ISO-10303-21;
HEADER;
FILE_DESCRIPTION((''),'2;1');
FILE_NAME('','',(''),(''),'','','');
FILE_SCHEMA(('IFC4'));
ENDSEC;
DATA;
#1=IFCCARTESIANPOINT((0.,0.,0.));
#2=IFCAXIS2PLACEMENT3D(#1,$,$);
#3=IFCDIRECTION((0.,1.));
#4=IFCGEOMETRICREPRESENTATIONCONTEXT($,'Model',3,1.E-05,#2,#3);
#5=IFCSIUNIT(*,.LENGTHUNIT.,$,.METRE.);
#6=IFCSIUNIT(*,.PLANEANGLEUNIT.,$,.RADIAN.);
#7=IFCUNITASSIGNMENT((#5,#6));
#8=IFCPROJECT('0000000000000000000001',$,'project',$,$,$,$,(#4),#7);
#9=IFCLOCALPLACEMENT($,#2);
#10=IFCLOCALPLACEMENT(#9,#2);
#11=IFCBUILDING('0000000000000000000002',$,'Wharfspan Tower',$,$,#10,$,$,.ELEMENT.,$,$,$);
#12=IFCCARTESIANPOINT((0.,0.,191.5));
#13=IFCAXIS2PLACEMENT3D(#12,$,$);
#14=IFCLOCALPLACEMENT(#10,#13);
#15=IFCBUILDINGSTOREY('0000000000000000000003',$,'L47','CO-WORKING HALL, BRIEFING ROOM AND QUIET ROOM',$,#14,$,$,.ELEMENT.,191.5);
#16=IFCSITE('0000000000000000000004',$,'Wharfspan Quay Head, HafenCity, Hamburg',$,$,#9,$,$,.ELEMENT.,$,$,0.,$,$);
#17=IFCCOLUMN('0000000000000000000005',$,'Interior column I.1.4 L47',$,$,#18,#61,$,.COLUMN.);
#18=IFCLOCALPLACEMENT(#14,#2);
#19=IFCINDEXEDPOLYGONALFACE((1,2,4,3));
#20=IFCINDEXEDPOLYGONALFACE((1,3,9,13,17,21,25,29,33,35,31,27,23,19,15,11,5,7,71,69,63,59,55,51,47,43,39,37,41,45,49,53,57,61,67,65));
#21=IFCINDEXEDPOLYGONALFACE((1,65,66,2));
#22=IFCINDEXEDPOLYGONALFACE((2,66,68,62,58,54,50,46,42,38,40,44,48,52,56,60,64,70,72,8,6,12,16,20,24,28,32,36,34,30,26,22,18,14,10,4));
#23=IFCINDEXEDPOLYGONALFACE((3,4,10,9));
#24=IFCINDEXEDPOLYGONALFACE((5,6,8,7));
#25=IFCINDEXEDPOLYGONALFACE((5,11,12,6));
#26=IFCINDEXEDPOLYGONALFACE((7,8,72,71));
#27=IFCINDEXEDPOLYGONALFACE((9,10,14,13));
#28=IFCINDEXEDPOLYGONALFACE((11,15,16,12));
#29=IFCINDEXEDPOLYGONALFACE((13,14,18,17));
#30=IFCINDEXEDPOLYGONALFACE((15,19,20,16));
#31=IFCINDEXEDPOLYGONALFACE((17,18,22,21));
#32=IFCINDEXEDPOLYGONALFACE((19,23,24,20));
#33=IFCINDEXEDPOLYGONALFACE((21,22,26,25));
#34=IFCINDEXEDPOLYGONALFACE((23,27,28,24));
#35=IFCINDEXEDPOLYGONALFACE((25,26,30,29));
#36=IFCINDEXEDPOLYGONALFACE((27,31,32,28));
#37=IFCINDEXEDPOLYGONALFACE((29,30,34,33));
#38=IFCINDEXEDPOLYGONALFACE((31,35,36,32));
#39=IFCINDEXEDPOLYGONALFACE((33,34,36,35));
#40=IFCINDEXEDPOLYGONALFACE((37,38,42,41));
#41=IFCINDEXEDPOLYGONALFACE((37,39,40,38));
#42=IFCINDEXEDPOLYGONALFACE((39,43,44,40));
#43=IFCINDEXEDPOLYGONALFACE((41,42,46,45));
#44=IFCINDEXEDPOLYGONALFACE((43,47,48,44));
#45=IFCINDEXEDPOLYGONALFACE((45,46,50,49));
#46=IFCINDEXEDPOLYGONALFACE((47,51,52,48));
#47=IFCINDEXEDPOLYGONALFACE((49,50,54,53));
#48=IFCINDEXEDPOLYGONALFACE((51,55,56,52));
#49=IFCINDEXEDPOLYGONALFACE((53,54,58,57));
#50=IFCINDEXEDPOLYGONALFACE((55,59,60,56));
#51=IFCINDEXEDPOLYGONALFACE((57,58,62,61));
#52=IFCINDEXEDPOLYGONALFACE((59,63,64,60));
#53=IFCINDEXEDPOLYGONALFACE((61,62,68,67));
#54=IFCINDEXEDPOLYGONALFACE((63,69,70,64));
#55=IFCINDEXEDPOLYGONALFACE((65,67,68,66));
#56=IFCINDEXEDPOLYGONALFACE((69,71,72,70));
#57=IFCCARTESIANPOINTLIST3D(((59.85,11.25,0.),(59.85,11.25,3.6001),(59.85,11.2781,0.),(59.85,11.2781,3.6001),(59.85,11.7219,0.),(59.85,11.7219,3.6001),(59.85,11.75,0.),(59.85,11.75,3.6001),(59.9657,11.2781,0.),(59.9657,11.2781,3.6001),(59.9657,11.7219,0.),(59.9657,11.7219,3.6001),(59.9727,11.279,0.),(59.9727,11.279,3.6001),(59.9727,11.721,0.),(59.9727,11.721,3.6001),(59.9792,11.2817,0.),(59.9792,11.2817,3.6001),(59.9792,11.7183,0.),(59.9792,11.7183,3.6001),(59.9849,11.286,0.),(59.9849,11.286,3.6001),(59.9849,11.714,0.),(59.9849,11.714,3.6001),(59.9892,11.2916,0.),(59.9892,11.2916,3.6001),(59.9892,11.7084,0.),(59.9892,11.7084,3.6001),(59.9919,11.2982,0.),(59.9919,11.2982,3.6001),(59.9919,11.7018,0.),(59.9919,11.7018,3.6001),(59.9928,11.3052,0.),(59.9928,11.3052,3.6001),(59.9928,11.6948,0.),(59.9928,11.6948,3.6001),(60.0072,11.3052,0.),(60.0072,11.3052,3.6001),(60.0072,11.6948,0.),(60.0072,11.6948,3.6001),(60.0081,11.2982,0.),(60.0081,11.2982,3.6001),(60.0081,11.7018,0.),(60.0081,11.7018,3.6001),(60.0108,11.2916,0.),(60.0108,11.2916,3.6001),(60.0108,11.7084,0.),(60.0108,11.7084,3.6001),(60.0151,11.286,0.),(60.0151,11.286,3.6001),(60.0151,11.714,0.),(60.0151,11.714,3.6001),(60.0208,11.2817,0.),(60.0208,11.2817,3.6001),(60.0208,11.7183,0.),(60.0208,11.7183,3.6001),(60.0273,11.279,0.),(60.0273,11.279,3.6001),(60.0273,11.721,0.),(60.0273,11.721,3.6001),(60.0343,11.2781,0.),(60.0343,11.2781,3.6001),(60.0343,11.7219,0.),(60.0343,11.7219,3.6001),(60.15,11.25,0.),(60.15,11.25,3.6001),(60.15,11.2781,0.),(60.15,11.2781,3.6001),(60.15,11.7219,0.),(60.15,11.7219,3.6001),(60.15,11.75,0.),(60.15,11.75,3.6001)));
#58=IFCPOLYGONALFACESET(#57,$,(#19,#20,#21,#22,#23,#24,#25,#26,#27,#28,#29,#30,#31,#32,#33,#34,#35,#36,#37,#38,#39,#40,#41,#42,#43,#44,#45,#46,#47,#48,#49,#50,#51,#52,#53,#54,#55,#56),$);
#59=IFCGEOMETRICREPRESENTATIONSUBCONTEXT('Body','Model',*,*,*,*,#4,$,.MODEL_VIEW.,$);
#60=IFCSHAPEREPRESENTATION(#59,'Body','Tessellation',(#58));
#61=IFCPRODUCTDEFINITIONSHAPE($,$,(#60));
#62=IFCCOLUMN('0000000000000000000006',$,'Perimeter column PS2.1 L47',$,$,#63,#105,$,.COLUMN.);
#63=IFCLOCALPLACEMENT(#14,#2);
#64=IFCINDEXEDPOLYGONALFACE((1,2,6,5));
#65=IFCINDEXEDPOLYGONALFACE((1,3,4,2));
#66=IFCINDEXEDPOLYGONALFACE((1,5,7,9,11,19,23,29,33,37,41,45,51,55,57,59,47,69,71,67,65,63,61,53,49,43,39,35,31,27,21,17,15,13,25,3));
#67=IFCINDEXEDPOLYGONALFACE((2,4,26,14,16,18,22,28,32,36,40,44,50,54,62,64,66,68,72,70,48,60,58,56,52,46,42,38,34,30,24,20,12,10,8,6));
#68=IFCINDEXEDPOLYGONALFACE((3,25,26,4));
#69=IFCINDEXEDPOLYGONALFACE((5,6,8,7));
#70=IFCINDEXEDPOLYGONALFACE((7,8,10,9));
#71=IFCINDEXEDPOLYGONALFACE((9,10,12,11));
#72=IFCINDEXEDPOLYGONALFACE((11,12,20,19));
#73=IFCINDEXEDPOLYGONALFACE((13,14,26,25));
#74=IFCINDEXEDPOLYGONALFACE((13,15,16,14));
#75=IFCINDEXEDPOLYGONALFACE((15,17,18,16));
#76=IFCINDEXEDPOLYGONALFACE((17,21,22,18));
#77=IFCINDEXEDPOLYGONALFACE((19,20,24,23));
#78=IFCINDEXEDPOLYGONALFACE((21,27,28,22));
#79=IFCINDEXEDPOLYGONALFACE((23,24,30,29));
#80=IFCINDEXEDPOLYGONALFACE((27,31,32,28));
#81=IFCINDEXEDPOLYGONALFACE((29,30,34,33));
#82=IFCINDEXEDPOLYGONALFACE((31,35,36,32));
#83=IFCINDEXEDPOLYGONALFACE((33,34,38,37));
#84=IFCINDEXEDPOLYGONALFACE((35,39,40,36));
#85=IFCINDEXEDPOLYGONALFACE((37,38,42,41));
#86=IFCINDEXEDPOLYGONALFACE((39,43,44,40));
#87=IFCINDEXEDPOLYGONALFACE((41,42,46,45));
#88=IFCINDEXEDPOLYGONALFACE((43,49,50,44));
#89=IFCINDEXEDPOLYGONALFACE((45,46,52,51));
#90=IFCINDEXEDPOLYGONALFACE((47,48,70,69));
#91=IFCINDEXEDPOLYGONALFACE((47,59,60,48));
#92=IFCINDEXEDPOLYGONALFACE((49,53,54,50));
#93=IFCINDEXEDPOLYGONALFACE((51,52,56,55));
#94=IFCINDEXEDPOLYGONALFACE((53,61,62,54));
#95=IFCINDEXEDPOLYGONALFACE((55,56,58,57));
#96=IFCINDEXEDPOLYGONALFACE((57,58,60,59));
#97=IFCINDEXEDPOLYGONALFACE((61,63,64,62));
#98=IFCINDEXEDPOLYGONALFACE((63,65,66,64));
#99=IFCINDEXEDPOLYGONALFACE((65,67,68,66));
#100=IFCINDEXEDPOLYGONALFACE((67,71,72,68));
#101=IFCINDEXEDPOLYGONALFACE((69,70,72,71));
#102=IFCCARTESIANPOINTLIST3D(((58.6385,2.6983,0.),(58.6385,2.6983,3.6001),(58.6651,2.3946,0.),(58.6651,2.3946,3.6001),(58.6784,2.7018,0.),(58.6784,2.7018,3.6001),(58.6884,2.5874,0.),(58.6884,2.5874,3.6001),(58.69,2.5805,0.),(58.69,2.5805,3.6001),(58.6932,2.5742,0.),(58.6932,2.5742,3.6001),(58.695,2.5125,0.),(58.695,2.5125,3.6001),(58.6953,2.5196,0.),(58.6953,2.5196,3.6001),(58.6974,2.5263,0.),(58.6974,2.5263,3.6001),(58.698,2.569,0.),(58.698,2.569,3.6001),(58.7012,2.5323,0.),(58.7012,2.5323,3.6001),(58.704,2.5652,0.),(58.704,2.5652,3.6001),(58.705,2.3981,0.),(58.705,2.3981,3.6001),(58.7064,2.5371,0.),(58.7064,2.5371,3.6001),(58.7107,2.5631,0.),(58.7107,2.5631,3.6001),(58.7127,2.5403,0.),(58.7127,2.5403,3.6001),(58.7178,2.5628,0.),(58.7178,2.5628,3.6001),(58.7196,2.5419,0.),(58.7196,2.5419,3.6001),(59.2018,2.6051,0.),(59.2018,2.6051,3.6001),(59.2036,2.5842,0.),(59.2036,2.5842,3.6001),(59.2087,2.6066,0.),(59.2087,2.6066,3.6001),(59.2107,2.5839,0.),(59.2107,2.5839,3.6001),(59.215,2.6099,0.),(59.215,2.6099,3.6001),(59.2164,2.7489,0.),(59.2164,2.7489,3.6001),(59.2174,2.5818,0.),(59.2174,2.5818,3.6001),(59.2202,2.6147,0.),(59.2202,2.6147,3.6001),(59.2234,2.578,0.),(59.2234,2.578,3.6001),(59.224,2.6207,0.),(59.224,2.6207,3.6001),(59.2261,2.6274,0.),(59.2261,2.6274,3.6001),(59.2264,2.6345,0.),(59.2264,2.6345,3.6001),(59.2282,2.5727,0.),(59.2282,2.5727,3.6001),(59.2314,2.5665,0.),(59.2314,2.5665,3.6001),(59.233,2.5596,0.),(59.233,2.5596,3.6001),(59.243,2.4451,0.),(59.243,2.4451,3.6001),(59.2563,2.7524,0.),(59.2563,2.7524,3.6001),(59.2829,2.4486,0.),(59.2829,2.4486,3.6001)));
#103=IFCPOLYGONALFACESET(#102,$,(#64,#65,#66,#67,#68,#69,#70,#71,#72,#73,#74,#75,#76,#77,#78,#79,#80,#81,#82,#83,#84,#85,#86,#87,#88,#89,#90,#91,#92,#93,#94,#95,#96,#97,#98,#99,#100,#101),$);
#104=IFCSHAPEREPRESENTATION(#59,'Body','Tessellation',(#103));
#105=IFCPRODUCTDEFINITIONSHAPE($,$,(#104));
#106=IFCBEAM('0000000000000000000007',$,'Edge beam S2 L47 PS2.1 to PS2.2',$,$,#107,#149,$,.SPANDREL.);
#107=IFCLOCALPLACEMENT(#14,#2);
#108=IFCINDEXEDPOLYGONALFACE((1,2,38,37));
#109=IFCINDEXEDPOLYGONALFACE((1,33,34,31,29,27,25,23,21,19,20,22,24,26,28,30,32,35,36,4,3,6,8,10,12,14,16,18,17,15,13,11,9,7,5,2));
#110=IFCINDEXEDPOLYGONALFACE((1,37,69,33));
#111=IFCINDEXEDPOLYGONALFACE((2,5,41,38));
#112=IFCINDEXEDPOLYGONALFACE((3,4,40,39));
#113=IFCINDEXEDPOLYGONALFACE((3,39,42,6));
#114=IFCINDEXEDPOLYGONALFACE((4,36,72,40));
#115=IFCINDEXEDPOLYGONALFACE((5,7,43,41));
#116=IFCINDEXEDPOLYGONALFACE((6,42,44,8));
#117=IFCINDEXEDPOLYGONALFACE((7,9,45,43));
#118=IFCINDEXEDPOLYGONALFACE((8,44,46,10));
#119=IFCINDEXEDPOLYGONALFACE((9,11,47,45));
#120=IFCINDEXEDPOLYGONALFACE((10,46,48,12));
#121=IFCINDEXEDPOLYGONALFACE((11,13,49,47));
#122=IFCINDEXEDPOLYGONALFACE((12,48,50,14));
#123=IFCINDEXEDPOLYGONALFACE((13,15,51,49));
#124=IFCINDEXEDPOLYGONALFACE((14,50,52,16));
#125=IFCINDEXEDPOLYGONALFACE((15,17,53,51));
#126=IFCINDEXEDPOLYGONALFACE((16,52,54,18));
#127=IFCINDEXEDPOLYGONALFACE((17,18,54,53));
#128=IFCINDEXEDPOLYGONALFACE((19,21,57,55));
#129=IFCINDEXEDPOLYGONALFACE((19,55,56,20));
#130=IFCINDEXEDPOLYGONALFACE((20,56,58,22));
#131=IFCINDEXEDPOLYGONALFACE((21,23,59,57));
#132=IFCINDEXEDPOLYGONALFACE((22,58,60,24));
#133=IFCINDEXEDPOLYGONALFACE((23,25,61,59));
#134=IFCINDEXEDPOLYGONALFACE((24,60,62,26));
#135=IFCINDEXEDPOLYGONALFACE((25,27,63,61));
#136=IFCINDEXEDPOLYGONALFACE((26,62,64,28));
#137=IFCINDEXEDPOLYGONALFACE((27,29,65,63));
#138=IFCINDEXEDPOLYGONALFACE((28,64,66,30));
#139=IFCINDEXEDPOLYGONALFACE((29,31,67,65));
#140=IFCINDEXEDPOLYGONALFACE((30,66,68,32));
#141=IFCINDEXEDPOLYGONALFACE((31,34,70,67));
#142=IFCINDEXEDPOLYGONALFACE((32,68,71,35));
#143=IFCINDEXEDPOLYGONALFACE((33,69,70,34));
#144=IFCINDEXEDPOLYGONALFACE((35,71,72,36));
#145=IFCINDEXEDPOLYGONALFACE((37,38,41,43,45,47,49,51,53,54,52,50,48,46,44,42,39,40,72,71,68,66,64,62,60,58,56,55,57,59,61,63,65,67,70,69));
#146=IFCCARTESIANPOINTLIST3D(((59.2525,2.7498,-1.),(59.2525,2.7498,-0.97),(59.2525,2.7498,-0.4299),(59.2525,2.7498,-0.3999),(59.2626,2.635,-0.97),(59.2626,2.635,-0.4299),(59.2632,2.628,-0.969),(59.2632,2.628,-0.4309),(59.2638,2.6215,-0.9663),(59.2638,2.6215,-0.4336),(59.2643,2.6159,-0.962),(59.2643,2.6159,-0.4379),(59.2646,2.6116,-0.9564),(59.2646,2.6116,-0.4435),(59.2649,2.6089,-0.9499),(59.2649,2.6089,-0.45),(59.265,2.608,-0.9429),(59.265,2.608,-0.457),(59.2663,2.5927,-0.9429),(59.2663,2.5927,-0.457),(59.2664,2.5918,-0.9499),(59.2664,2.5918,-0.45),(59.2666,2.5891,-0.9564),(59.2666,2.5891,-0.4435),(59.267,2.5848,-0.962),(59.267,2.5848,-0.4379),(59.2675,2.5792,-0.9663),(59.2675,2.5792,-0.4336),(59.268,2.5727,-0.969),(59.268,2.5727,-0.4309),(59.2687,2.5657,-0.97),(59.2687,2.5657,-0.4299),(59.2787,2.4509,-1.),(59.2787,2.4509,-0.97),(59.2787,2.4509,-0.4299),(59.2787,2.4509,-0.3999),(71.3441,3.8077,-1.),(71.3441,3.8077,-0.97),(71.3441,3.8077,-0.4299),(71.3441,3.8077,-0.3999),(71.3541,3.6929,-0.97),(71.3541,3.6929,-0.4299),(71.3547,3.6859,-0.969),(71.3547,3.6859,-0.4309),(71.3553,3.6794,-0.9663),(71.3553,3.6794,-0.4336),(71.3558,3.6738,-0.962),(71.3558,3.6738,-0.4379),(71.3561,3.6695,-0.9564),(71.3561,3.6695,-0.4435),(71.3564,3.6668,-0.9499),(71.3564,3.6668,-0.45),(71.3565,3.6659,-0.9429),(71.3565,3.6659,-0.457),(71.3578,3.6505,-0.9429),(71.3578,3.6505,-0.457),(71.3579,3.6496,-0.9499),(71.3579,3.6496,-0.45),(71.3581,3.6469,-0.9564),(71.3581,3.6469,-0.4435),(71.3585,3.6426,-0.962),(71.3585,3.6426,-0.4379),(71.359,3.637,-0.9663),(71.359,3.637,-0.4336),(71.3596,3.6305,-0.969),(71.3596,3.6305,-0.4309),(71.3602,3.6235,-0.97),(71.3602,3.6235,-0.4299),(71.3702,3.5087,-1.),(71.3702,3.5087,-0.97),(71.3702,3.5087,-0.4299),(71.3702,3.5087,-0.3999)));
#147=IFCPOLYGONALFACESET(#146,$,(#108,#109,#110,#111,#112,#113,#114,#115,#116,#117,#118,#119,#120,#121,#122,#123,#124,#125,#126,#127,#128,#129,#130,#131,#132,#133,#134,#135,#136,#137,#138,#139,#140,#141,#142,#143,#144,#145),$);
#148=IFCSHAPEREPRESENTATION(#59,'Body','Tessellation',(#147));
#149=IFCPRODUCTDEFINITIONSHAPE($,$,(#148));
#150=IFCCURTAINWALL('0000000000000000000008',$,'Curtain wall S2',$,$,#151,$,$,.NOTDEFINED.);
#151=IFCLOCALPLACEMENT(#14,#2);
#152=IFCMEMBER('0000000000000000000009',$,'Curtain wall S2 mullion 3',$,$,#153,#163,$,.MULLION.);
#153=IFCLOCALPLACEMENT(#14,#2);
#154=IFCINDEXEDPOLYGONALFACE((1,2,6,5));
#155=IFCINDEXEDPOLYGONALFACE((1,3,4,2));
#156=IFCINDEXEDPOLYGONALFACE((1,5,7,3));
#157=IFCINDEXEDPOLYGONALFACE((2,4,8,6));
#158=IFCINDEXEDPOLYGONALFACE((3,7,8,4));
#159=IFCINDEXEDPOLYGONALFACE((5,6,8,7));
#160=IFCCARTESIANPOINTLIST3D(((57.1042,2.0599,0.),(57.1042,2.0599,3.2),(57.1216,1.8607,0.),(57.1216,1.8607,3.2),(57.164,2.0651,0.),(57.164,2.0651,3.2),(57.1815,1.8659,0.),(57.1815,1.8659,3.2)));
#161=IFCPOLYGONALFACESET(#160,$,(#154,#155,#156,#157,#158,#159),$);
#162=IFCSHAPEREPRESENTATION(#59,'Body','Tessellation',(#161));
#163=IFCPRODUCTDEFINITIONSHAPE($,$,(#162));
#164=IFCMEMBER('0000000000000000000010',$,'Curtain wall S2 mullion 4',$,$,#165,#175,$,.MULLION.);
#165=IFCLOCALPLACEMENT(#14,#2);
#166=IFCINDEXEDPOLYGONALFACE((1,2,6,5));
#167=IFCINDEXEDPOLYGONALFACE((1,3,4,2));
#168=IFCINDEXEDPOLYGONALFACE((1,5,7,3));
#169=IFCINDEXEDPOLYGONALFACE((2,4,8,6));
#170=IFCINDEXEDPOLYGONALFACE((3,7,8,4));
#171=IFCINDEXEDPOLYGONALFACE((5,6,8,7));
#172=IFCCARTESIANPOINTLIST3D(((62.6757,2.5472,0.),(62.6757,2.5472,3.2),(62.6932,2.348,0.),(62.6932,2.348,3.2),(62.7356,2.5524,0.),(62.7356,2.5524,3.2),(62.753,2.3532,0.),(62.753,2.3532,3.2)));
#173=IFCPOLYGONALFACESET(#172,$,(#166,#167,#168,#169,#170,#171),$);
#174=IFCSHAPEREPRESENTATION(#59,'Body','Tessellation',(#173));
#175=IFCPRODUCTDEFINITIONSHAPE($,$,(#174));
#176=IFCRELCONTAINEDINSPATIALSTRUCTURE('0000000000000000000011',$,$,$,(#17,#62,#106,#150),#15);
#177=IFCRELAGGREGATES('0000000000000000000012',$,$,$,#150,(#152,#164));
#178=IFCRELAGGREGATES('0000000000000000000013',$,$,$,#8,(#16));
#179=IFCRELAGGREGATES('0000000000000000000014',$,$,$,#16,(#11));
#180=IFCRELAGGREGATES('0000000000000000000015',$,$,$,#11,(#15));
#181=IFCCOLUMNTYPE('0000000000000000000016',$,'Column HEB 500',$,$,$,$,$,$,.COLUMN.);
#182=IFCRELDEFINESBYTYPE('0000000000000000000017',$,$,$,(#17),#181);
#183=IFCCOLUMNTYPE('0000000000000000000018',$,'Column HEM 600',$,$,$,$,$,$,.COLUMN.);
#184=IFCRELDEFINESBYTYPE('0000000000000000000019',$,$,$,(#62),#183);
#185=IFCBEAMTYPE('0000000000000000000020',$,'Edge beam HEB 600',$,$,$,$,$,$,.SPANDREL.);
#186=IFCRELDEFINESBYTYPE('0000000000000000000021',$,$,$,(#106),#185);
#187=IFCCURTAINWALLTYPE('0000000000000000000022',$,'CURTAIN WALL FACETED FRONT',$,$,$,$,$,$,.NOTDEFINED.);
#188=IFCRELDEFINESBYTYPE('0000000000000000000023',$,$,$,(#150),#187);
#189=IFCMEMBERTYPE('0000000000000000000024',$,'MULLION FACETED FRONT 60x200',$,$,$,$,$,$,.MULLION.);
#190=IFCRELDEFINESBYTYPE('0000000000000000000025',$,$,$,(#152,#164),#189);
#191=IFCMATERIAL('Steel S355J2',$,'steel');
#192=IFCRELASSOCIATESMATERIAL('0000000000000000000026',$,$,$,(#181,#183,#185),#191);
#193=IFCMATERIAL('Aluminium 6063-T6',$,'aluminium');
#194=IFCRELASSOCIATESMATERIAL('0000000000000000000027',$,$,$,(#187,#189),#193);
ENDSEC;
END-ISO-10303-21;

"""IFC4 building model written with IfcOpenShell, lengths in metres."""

from ifc_helpers import new_model, si_unit, direction, frame, origin, origin_2d, place, context, subcontext, project, spatial, rectangle, i_section, extrude, material, material_profile, profile_set, type_object, element, aggregate, save


model = new_model("IFC4")

# Units and contexts
model_context = context("Model", 3, precision=1e-05, world=origin(), true_north=direction((0.0, 1.0)))
body_context = subcontext(model_context, "Body", "Model", "MODEL_VIEW")
ifc_project = project(units=[si_unit("LENGTHUNIT", "METRE"), si_unit("PLANEANGLEUNIT", "RADIAN")], contexts=[model_context])

# Site, building, storey
site_placement = place(None, origin())
site = spatial("IfcSite", under=ifc_project, at=site_placement, Name="Wharfspan Quay Head, HafenCity, Hamburg", CompositionType="ELEMENT", RefElevation=0.0)
building_placement = place(site_placement, origin())
building = spatial("IfcBuilding", under=site, at=building_placement, Name="Wharfspan Tower", CompositionType="ELEMENT")
storey_placement = place(building_placement, frame((0.0, 0.0, 191.5)))
storey = spatial("IfcBuildingStorey", under=building, at=storey_placement, Name="L47", Description="CO-WORKING HALL, BRIEFING ROOM AND QUIET ROOM", CompositionType="ELEMENT", Elevation=191.5)

# Columns
ifc_material_1 = material(Name="Steel S355J2", Category="steel")
ifc_material_profile_1 = material_profile(ifc_material_1, i_section(OverallWidth=0.3, OverallDepth=0.5, WebThickness=0.0144, FlangeThickness=0.0281, FilletRadius=0.0271, at=origin_2d()))
ifc_profile_set_1 = profile_set([ifc_material_profile_1], Name="Steel S355J2")
column_type_1 = type_object("IfcColumnType", Name="Column HEB 500", PredefinedType="COLUMN", material=ifc_profile_set_1)
column_1_placement = place(storey_placement, frame((60.0, 11.5, 0.0), z_axis=(0.0, 0.0, 1.0), x_axis=(1.0, 0.0, 0.0)))
element("IfcColumn", 1, at=column_1_placement, inside=storey, type_object=column_type_1, Name="Interior column I.1.4 L47", PredefinedType="COLUMN", context=body_context, shape_type="SweptSolid", body=[
    extrude(i_section(OverallWidth=0.3, OverallDepth=0.5, WebThickness=0.0144, FlangeThickness=0.0281, FilletRadius=0.0271, at=origin_2d()), origin(), (0.0, 0.0, 1.0), 3.6001),
])
ifc_material_profile_2 = material_profile(ifc_material_1, i_section(OverallWidth=0.3049, OverallDepth=0.6201, WebThickness=0.021, FlangeThickness=0.04, FilletRadius=0.0271, at=origin_2d()))
ifc_profile_set_2 = profile_set([ifc_material_profile_2], Name="Steel S355J2")
column_type_2 = type_object("IfcColumnType", Name="Column HEM 600", PredefinedType="COLUMN", material=ifc_profile_set_2)
column_2_placement = place(storey_placement, frame((58.9607, 2.5735, 0.0), z_axis=(0.0, 0.0, 1.0), x_axis=(0.087156, -0.996198, 0.0)))
element("IfcColumn", 2, at=column_2_placement, inside=storey, type_object=column_type_2, Name="Perimeter column PS2.1 L47", PredefinedType="COLUMN", context=body_context, shape_type="SweptSolid", body=[
    extrude(i_section(OverallWidth=0.3049, OverallDepth=0.6201, WebThickness=0.021, FlangeThickness=0.04, FilletRadius=0.0271, at=origin_2d()), origin(), (0.0, 0.0, 1.0), 3.6001),
])

# Beam
ifc_material_profile_3 = material_profile(ifc_material_1, i_section(OverallWidth=0.3, OverallDepth=0.6001, WebThickness=0.0154, FlangeThickness=0.03, FilletRadius=0.0271, at=origin_2d()))
ifc_profile_set_3 = profile_set([ifc_material_profile_3], Name="Steel S355J2")
beam_type = type_object("IfcBeamType", Name="Edge beam HEB 600", PredefinedType="SPANDREL", material=ifc_profile_set_3)
beam_placement = place(storey_placement, frame((59.2656, 2.6003, -0.7), z_axis=(0.996195, 0.087155, 0.0), x_axis=(-0.087155, 0.996195, 0.0)))
element("IfcBeam", 3, at=beam_placement, inside=storey, type_object=beam_type, Name="Edge beam S2 L47 PS2.1 to PS2.2", PredefinedType="SPANDREL", context=body_context, shape_type="SweptSolid", body=[
    extrude(i_section(OverallWidth=0.3, OverallDepth=0.6001, WebThickness=0.0154, FlangeThickness=0.03, FilletRadius=0.0271, at=origin_2d()), origin(), (0.0, 0.0, 1.0), 12.1377),
])

# Curtain wall, members
ifc_material_2 = material(Name="Aluminium 6063-T6", Category="aluminium")
curtain_wall_type = type_object("IfcCurtainWallType", Name="CURTAIN WALL FACETED FRONT", PredefinedType="NOTDEFINED", material=ifc_material_2)
curtain_wall_placement = place(storey_placement, origin())
curtain_wall = element("IfcCurtainWall", 4, at=curtain_wall_placement, inside=storey, type_object=curtain_wall_type, Name="Curtain wall S2", PredefinedType="NOTDEFINED")
ifc_material_profile_4 = material_profile(ifc_material_2, rectangle(XDim=0.2, YDim=0.0601, at=origin_2d()))
ifc_profile_set_4 = profile_set([ifc_material_profile_4], Name="Aluminium 6063-T6")
member_type_1 = type_object("IfcMemberType", Name="MULLION FACETED FRONT 60x200", PredefinedType="MULLION", material=ifc_profile_set_4)
member_1_placement = place(storey_placement, frame((57.1428, 1.9629, 0.0), z_axis=(0.0, 0.0, 1.0), x_axis=(-0.087156, 0.996198, 0.0)))
member_1 = element("IfcMember", 5, at=member_1_placement, type_object=member_type_1, Name="Curtain wall S2 mullion 3", PredefinedType="MULLION", context=body_context, shape_type="SweptSolid", body=[
    extrude(rectangle(XDim=0.2, YDim=0.0601, at=origin_2d()), origin(), (0.0, 0.0, 1.0), 3.2),
])
member_2_placement = place(storey_placement, frame((62.7144, 2.4502, 0.0), z_axis=(0.0, 0.0, 1.0), x_axis=(-0.087156, 0.996198, 0.0)))
member_2 = element("IfcMember", 6, at=member_2_placement, type_object=member_type_1, Name="Curtain wall S2 mullion 4", PredefinedType="MULLION", context=body_context, shape_type="SweptSolid", body=[
    extrude(rectangle(XDim=0.2, YDim=0.0601, at=origin_2d()), origin(), (0.0, 0.0, 1.0), 3.2),
])

aggregate(curtain_wall, [member_1, member_2])

save(model, "model.ifc")
